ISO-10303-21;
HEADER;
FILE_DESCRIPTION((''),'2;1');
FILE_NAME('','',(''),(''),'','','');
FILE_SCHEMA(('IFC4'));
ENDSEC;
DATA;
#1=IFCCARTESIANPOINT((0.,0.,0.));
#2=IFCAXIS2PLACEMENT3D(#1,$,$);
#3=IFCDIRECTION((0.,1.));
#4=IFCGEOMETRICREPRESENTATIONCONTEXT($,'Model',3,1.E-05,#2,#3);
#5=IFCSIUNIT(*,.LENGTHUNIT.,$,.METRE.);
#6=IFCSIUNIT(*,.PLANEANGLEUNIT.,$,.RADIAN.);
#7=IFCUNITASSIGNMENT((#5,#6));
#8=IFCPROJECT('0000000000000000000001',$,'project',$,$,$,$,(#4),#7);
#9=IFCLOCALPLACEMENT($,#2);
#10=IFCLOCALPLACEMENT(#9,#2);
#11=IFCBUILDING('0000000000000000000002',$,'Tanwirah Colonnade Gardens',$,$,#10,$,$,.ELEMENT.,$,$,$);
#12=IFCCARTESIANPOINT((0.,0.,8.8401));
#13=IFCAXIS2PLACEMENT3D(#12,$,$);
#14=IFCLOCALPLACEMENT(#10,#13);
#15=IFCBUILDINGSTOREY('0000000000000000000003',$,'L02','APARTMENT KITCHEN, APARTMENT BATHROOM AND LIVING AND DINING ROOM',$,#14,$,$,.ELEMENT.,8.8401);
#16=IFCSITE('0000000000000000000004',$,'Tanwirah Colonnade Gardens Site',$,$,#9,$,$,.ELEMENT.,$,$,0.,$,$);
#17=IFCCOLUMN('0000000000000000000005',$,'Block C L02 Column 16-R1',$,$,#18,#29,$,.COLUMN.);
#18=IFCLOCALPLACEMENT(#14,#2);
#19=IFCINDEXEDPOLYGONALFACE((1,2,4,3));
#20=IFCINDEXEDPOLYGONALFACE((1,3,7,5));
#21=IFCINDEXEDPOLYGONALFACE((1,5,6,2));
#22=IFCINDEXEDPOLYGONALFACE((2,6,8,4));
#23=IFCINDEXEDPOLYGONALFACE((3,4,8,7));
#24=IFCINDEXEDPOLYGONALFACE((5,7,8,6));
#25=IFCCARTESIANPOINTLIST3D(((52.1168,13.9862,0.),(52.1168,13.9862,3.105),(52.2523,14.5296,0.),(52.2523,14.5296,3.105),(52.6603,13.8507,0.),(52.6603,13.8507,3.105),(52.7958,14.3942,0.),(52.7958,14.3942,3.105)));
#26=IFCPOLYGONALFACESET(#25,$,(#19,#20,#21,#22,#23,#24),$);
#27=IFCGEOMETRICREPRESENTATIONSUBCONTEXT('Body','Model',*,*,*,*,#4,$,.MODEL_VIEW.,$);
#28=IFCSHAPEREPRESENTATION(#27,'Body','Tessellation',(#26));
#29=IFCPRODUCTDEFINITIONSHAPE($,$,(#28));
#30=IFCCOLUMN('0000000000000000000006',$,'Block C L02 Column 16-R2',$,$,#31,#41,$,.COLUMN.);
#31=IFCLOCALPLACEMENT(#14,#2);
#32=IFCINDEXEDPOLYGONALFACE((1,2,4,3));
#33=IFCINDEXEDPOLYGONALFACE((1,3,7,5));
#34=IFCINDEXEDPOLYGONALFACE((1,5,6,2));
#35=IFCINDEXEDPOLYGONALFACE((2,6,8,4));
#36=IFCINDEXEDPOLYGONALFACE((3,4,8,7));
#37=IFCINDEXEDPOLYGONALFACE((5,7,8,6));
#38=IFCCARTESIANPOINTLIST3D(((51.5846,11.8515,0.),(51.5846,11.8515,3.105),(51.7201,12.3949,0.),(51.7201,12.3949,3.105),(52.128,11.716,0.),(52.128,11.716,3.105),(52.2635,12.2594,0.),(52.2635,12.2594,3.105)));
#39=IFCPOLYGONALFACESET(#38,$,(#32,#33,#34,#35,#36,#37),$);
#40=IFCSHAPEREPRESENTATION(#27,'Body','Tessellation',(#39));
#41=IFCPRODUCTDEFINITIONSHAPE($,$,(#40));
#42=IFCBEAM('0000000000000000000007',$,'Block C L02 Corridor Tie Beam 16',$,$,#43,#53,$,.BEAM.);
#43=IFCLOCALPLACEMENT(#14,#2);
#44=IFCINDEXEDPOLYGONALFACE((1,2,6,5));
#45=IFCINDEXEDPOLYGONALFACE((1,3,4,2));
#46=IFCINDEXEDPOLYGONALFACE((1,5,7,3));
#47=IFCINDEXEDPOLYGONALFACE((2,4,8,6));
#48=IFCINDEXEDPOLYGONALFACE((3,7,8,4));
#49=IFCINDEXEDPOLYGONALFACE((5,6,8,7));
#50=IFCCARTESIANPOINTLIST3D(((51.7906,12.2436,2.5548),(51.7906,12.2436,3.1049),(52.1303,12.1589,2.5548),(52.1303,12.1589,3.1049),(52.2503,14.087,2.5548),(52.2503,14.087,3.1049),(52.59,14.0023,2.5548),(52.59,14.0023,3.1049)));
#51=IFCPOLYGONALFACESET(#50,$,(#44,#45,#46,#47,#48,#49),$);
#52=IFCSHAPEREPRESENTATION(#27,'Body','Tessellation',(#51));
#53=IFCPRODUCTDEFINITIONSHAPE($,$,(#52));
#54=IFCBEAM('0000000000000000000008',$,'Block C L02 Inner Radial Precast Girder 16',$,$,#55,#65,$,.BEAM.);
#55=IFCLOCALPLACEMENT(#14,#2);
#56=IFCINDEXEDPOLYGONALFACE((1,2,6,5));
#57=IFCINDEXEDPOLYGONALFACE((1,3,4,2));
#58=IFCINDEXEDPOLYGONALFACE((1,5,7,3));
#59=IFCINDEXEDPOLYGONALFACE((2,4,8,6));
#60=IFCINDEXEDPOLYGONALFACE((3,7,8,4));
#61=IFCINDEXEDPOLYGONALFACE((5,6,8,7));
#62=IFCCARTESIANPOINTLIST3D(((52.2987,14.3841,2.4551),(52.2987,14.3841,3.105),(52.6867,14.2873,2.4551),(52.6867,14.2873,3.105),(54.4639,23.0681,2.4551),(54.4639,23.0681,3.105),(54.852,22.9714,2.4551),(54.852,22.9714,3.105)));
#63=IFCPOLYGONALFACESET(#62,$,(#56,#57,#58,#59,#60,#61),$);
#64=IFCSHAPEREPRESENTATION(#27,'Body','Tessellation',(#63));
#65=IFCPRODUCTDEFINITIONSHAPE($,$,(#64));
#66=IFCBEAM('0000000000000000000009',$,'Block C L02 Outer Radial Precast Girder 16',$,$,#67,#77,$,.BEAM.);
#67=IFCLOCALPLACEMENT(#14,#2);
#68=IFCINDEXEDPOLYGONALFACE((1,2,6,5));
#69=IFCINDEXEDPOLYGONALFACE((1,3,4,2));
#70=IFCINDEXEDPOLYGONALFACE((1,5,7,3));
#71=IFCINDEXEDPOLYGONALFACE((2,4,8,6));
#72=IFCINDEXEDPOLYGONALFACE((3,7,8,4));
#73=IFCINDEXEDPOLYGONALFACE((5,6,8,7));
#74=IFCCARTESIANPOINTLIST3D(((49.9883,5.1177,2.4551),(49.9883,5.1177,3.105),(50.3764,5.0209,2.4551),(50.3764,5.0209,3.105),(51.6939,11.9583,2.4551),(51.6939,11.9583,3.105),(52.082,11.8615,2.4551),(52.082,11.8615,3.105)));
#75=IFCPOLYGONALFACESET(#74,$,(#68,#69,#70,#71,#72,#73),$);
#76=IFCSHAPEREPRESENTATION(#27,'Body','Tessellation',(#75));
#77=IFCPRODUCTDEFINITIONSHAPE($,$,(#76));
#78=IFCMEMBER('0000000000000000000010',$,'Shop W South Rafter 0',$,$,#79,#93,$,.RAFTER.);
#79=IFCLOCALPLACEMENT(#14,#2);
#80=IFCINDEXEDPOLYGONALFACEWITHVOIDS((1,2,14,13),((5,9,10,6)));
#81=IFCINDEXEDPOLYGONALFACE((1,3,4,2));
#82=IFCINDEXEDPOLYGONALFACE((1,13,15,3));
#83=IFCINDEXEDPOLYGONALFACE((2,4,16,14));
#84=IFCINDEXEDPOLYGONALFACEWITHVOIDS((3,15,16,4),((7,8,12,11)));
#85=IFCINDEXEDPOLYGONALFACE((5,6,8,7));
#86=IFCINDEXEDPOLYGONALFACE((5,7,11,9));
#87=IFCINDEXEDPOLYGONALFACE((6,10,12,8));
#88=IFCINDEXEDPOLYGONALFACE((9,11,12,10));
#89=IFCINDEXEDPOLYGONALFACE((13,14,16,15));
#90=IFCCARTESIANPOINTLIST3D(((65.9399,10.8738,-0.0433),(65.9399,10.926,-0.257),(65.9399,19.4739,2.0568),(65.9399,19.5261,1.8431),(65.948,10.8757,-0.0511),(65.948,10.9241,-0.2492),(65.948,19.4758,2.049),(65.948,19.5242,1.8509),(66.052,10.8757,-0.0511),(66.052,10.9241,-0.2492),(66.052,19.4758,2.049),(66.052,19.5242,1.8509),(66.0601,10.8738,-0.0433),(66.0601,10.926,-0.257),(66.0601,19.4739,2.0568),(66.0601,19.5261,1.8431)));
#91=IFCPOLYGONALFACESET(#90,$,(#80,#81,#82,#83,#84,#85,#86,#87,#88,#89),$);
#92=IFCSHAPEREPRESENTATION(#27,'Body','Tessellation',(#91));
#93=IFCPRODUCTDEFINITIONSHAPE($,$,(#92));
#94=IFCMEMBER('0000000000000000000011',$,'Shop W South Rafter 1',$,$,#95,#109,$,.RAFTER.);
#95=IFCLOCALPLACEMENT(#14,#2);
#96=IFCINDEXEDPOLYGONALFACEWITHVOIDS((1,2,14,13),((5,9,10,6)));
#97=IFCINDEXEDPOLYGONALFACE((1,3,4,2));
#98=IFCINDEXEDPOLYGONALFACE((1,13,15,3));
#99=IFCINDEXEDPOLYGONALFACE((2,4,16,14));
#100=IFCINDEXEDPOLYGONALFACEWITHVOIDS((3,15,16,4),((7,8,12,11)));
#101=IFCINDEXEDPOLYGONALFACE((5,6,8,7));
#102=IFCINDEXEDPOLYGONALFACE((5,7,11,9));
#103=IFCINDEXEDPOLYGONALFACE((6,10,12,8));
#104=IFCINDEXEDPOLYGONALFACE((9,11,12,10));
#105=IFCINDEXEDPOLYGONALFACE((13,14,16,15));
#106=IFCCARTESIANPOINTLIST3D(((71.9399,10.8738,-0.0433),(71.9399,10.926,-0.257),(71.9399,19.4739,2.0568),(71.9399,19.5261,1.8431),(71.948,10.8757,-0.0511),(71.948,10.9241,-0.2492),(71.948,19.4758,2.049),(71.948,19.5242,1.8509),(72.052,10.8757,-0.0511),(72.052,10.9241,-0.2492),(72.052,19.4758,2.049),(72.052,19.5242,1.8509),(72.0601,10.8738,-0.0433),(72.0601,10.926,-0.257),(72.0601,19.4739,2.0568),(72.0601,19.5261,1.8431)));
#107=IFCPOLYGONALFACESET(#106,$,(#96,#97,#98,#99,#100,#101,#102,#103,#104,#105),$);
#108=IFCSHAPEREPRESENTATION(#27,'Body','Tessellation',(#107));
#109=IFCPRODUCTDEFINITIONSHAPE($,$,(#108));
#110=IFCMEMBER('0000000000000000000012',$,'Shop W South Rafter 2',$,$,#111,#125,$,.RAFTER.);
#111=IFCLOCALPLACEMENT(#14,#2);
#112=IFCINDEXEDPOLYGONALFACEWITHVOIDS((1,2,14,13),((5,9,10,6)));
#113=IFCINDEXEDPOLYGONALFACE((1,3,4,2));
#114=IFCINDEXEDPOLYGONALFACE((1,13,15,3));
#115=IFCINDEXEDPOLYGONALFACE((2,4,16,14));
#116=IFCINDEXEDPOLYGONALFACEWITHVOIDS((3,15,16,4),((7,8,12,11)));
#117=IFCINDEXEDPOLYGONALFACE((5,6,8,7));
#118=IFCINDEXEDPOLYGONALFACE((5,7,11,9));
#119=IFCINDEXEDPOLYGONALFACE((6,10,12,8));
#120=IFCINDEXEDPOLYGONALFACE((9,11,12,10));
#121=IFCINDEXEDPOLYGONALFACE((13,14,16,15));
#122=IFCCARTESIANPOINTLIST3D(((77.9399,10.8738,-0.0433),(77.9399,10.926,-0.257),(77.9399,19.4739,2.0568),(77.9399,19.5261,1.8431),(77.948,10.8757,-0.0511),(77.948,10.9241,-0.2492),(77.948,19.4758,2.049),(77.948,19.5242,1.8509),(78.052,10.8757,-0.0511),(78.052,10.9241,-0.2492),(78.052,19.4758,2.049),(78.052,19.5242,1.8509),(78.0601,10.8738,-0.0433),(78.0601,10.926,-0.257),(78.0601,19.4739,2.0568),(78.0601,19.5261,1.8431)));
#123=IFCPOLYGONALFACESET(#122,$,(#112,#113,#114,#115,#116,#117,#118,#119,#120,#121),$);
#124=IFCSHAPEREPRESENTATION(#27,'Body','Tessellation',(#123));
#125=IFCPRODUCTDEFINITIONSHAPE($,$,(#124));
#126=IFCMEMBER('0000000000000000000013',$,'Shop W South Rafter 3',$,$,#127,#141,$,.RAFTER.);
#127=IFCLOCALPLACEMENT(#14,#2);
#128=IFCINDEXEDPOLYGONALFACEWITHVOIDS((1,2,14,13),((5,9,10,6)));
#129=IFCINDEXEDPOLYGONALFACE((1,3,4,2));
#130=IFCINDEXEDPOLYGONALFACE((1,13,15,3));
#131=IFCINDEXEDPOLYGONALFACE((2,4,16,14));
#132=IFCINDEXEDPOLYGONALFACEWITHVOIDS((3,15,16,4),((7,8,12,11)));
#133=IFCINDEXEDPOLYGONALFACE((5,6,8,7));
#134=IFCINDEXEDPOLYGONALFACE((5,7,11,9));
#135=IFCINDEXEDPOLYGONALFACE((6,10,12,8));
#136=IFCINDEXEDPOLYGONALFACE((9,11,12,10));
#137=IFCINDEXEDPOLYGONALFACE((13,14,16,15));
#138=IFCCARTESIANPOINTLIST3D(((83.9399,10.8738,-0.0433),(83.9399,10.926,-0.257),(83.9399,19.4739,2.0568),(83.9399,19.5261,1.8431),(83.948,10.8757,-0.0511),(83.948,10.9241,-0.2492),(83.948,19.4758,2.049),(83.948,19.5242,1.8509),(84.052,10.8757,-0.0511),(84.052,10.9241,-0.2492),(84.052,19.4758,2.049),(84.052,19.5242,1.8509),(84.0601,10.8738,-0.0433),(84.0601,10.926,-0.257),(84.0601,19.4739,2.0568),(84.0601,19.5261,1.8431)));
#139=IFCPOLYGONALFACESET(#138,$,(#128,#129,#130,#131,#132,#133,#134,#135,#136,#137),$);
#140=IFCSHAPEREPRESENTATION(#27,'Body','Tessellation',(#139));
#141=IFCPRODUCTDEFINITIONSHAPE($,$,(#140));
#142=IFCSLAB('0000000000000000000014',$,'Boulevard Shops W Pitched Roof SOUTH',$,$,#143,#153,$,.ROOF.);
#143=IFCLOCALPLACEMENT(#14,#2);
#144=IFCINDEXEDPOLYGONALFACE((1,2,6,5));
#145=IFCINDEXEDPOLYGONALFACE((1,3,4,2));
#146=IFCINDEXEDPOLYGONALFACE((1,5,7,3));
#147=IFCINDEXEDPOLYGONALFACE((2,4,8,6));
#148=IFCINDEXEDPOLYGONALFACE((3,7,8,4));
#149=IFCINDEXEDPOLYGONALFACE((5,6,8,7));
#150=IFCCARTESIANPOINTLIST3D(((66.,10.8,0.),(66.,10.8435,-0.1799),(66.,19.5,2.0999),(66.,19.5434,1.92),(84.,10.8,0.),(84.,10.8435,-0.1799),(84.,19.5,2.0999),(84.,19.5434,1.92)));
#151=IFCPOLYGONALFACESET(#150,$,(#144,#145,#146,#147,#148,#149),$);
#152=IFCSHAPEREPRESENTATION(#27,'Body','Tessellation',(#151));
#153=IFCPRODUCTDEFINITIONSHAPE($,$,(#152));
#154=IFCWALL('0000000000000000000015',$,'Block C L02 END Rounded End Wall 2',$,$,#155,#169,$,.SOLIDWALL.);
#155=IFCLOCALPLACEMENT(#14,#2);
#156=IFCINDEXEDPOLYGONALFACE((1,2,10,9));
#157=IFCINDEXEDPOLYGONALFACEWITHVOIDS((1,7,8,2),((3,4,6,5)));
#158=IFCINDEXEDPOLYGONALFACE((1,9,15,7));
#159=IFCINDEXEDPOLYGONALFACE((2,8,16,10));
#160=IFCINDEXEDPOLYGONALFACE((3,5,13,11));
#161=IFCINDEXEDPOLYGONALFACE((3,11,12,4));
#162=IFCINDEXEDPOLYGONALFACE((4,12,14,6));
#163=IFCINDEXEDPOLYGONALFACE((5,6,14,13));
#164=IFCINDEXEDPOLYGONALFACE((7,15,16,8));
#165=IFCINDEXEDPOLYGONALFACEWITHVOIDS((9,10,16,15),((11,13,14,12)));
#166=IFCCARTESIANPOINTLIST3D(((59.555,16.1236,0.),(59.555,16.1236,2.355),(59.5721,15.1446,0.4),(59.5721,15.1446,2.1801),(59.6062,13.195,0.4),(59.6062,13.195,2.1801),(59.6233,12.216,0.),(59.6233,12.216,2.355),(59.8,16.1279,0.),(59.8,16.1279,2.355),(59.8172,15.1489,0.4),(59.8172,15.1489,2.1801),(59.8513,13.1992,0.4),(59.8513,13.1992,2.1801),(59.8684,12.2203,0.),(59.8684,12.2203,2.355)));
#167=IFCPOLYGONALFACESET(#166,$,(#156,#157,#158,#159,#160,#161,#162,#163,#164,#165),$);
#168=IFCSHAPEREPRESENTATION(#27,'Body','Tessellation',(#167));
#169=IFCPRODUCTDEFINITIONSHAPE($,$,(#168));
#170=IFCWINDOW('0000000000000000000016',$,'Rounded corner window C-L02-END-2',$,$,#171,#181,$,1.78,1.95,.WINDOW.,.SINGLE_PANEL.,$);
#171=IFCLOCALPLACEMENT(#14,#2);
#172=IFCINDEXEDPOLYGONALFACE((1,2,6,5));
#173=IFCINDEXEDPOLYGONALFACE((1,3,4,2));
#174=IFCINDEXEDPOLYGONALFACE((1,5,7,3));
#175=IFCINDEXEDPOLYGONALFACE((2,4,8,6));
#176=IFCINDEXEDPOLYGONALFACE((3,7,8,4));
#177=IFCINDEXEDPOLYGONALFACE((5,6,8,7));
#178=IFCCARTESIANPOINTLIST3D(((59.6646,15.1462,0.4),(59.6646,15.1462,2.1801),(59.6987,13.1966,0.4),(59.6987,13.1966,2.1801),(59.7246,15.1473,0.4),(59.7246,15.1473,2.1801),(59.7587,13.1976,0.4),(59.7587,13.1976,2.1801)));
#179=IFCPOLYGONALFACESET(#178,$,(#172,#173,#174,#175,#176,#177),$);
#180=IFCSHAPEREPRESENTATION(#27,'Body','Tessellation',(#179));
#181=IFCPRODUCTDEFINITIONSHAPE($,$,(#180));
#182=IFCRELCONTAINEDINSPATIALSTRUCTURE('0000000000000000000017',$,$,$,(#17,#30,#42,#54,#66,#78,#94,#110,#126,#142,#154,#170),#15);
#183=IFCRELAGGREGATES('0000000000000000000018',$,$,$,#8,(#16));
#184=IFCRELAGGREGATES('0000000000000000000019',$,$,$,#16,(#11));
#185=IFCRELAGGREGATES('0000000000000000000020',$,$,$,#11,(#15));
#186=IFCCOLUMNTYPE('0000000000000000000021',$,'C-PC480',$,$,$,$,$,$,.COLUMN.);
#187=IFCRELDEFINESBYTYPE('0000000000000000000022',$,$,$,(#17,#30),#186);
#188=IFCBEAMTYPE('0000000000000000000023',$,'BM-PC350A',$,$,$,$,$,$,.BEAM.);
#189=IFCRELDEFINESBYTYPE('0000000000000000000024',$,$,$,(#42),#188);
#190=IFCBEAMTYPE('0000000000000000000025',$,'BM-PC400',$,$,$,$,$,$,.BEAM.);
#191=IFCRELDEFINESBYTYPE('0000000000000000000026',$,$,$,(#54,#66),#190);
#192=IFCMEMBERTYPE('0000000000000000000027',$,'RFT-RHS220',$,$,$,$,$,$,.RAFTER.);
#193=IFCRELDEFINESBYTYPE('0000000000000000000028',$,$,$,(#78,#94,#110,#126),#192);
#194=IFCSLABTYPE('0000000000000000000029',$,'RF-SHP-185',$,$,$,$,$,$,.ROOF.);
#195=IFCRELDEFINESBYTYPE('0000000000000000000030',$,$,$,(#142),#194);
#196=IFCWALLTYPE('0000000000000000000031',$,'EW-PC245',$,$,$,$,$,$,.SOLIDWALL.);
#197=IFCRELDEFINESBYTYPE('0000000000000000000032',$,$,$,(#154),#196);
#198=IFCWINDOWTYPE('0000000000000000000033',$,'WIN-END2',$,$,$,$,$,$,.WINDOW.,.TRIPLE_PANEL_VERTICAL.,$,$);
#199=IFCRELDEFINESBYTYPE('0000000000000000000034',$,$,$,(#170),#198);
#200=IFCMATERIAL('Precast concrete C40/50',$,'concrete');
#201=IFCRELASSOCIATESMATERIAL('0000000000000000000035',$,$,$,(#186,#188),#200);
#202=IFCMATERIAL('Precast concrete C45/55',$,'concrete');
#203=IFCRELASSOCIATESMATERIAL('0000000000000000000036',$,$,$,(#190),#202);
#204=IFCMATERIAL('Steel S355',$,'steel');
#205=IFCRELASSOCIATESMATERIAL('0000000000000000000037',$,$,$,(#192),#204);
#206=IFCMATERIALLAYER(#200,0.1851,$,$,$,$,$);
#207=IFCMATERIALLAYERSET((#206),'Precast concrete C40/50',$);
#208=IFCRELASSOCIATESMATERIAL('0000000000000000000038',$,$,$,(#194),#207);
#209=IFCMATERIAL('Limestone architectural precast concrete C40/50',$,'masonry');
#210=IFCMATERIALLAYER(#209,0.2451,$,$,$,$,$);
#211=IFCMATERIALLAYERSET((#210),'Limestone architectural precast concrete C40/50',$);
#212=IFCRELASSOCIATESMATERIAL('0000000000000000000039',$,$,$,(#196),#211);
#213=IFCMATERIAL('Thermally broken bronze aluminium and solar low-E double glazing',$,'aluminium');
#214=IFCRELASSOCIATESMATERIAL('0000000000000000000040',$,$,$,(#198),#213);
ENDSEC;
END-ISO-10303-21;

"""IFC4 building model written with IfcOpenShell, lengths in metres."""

from ifc_helpers import new_model, si_unit, direction, frame, frame_2d, origin, origin_2d, place, context, subcontext, project, spatial, polyline, rectangle, hollow_rectangle, outline, extrude, material, layer, layer_set, material_profile, profile_set, type_object, element, fill, save


model = new_model("IFC4")

# Units and contexts
model_context = context("Model", 3, precision=1e-05, world=origin(), true_north=direction((0.0, 1.0)))
body_context = subcontext(model_context, "Body", "Model", "MODEL_VIEW")
ifc_project = project(units=[si_unit("LENGTHUNIT", "METRE"), si_unit("PLANEANGLEUNIT", "RADIAN")], contexts=[model_context])

# Site, building, storey
site_placement = place(None, origin())
site = spatial("IfcSite", under=ifc_project, at=site_placement, Name="Tanwirah Colonnade Gardens Site", CompositionType="ELEMENT", RefElevation=0.0)
building_placement = place(site_placement, origin())
building = spatial("IfcBuilding", under=site, at=building_placement, Name="Tanwirah Colonnade Gardens", CompositionType="ELEMENT")
storey_placement = place(building_placement, frame((0.0, 0.0, 8.8401)))
storey = spatial("IfcBuildingStorey", under=building, at=storey_placement, Name="L02", Description="APARTMENT KITCHEN, APARTMENT BATHROOM AND LIVING AND DINING ROOM", CompositionType="ELEMENT", Elevation=8.8401)

# Columns
ifc_material_1 = material(Name="Precast concrete C40/50", Category="concrete")
ifc_material_profile_1 = material_profile(ifc_material_1, rectangle(XDim=0.5601, YDim=0.5601, at=origin_2d()), Name="PC-COL 560x560")
ifc_profile_set_1 = profile_set([ifc_material_profile_1], Name="Precast concrete C40/50")
column_type = type_object("IfcColumnType", Name="C-PC480", PredefinedType="COLUMN", material=ifc_profile_set_1)
for number, where, z_axis, x_axis, name in (
    (1, (52.4563, 14.1902, 0.0), (0.0, 0.0, 1.0), (-0.241922, -0.970296, 0.0), "Block C L02 Column 16-R1"),
    (2, (51.9241, 12.0554, 0.0), (0.0, 0.0, 1.0), (-0.241922, -0.970296, 0.0), "Block C L02 Column 16-R2"),
):
    element("IfcColumn", number, at=place(storey_placement, frame(where, z_axis=z_axis, x_axis=x_axis)), inside=storey, type_object=column_type, Name=name, PredefinedType="COLUMN", context=body_context, shape_type="SweptSolid", body=[
        extrude(rectangle(XDim=0.5601, YDim=0.5601, at=origin_2d()), origin(), (0.0, 0.0, 1.0), 3.105),
    ])

# Beams
ifc_material_profile_2 = material_profile(ifc_material_1, rectangle(XDim=0.3501, YDim=0.55, at=origin_2d()), Name="PC-BM 350x550")
ifc_profile_set_2 = profile_set([ifc_material_profile_2], Name="Precast concrete C40/50")
beam_type_1 = type_object("IfcBeamType", Name="BM-PC350A", PredefinedType="BEAM", material=ifc_profile_set_2)
beam_1_placement = place(storey_placement, frame((52.4202, 14.0447, 2.8298), z_axis=(-0.241961, -0.970286, 0.0), x_axis=(0.970286, -0.241961, 0.0)))
element("IfcBeam", 3, at=beam_1_placement, inside=storey, type_object=beam_type_1, Name="Block C L02 Corridor Tie Beam 16", PredefinedType="BEAM", context=body_context, shape_type="SweptSolid", body=[
    extrude(rectangle(XDim=0.3501, YDim=0.55, at=origin_2d()), origin(), (0.0, 0.0, 1.0), 1.8999),
])
ifc_material_2 = material(Name="Precast concrete C45/55", Category="concrete")
ifc_material_profile_3 = material_profile(ifc_material_2, rectangle(XDim=0.3999, YDim=0.6499, at=origin_2d()), Name="PC-BM 400x650")
ifc_profile_set_3 = profile_set([ifc_material_profile_3], Name="Precast concrete C45/55")
beam_type_2 = type_object("IfcBeamType", Name="BM-PC400", PredefinedType="BEAM", material=ifc_profile_set_3)
beam_2_placement = place(storey_placement, frame((52.4927, 14.3357, 2.78), z_axis=(0.241932, 0.970293, 0.0), x_axis=(-0.970293, 0.241932, 0.0)))
element("IfcBeam", 4, at=beam_2_placement, inside=storey, type_object=beam_type_2, Name="Block C L02 Inner Radial Precast Girder 16", PredefinedType="BEAM", context=body_context, shape_type="SweptSolid", body=[
    extrude(rectangle(XDim=0.3999, YDim=0.6499, at=origin_2d()), origin(), (0.0, 0.0, 1.0), 8.95),
])
beam_3_placement = place(storey_placement, frame((51.8879, 11.9099, 2.78), z_axis=(-0.241924, -0.970295, 0.0), x_axis=(0.970295, -0.241924, 0.0)))
element("IfcBeam", 5, at=beam_3_placement, inside=storey, type_object=beam_type_2, Name="Block C L02 Outer Radial Precast Girder 16", PredefinedType="BEAM", context=body_context, shape_type="SweptSolid", body=[
    extrude(rectangle(XDim=0.3999, YDim=0.6499, at=origin_2d()), origin(), (0.0, 0.0, 1.0), 7.05),
])

# Members
ifc_material_3 = material(Name="Steel S355", Category="steel")
ifc_material_profile_4 = material_profile(ifc_material_3, hollow_rectangle(XDim=0.1201, YDim=0.22, WallThickness=0.0081, at=origin_2d()), Name="RHS 220x120x8")
ifc_profile_set_4 = profile_set([ifc_material_profile_4], Name="Steel S355")
member_type = type_object("IfcMemberType", Name="RFT-RHS220", PredefinedType="RAFTER", material=ifc_profile_set_4)
for number, where, z_axis, x_axis, name in (
    (6, (66.0, 10.8999, -0.1501), (0.0, 0.971455, 0.237224), (-1.0, 0.0, 0.0), "Shop W South Rafter 0"),
    (7, (72.0, 10.8999, -0.1501), (0.0, 0.971455, 0.237224), (-1.0, 0.0, 0.0), "Shop W South Rafter 1"),
    (8, (78.0, 10.8999, -0.1501), (0.0, 0.971455, 0.237224), (-1.0, 0.0, 0.0), "Shop W South Rafter 2"),
    (9, (84.0, 10.8999, -0.1501), (0.0, 0.971455, 0.237224), (-1.0, 0.0, 0.0), "Shop W South Rafter 3"),
):
    element("IfcMember", number, at=place(storey_placement, frame(where, z_axis=z_axis, x_axis=x_axis)), inside=storey, type_object=member_type, Name=name, PredefinedType="RAFTER", context=body_context, shape_type="SweptSolid", body=[
        extrude(hollow_rectangle(XDim=0.1201, YDim=0.22, WallThickness=0.0081, at=origin_2d()), origin(), (0.0, 0.0, 1.0), 8.8528),
    ])

# Slab
ifc_layer_1 = layer(ifc_material_1, 0.1851)
ifc_layer_set_1 = layer_set([ifc_layer_1], Name="Precast concrete C40/50")
slab_type = type_object("IfcSlabType", Name="RF-SHP-185", PredefinedType="ROOF", material=ifc_layer_set_1)
slab_placement = place(storey_placement, frame((66.0, 10.8, 0.0), z_axis=(0.0, -0.234626, 0.972086), x_axis=(1.0, 0.0, 0.0)))
element("IfcSlab", 10, at=slab_placement, inside=storey, type_object=slab_type, Name="Boulevard Shops W Pitched Roof SOUTH", PredefinedType="ROOF", context=body_context, shape_type="SweptSolid", body=[
    extrude(outline(polyline([(0.0, 0.0), (18.0, 0.0), (18.0, 8.9498), (0.0, 8.9498), (0.0, 0.0)])), origin(), (0.0, 0.0, -1.0), 0.1851),
])

# Wall, opening, window
ifc_material_4 = material(Name="Limestone architectural precast concrete C40/50", Category="masonry")
ifc_layer_2 = layer(ifc_material_4, 0.2451)
ifc_layer_set_2 = layer_set([ifc_layer_2], Name="Limestone architectural precast concrete C40/50")
wall_type_1 = type_object("IfcWallType", Name="EW-PC245", PredefinedType="SOLIDWALL", material=ifc_layer_set_2)
wall_1_placement = place(storey_placement, frame((59.6775, 16.1257, 0.0), z_axis=(0.0, 0.0, 1.0), x_axis=(0.017491, -0.999847, 0.0)))
wall_1 = element("IfcWall", 11, at=wall_1_placement, inside=storey, type_object=wall_type_1, Name="Block C L02 END Rounded End Wall 2", PredefinedType="SOLIDWALL", context=body_context, shape_type="SweptSolid", body=[
    extrude(rectangle(XDim=3.9082, YDim=0.2451, at=frame_2d((1.9541, 0.0))), origin(), (0.0, 0.0, 1.0), 2.355),
])
opening_1_placement = place(wall_1_placement, frame((0.979, 0.0, 0.3999)))
opening_1 = element("IfcOpeningElement", 12, at=opening_1_placement, cuts=wall_1, PredefinedType="OPENING", context=body_context, shape_type="SweptSolid", body=[
    extrude(rectangle(XDim=1.95, YDim=1.78, at=frame_2d((0.9751, 0.8901))), frame((0.0, 0.1326, 0.0), z_axis=(0.0, -1.0, 0.0), x_axis=(1.0, 0.0, 0.0)), (0.0, 0.0, 1.0), 0.2651),
])
ifc_material_5 = material(Name="Thermally broken bronze aluminium and solar low-E double glazing", Category="aluminium")
window_type_1 = type_object("IfcWindowType", Name="WIN-END2", PartitioningType="TRIPLE_PANEL_VERTICAL", PredefinedType="WINDOW", material=ifc_material_5)
window_1_placement = place(opening_1_placement, origin())
window_1 = element("IfcWindow", 13, at=window_1_placement, inside=storey, type_object=window_type_1, Name="Rounded corner window C-L02-END-2", OverallHeight=1.78, OverallWidth=1.95, PartitioningType="SINGLE_PANEL", PredefinedType="WINDOW", context=body_context, shape_type="SweptSolid", body=[
    extrude(rectangle(XDim=1.95, YDim=1.78, at=frame_2d((0.9751, 0.8901))), frame((0.0, 0.03, 0.0), z_axis=(0.0, -1.0, 0.0), x_axis=(1.0, 0.0, 0.0)), (0.0, 0.0, 1.0), 0.0601),
])
fill(opening_1, window_1)

save(model, "model.ifc")
